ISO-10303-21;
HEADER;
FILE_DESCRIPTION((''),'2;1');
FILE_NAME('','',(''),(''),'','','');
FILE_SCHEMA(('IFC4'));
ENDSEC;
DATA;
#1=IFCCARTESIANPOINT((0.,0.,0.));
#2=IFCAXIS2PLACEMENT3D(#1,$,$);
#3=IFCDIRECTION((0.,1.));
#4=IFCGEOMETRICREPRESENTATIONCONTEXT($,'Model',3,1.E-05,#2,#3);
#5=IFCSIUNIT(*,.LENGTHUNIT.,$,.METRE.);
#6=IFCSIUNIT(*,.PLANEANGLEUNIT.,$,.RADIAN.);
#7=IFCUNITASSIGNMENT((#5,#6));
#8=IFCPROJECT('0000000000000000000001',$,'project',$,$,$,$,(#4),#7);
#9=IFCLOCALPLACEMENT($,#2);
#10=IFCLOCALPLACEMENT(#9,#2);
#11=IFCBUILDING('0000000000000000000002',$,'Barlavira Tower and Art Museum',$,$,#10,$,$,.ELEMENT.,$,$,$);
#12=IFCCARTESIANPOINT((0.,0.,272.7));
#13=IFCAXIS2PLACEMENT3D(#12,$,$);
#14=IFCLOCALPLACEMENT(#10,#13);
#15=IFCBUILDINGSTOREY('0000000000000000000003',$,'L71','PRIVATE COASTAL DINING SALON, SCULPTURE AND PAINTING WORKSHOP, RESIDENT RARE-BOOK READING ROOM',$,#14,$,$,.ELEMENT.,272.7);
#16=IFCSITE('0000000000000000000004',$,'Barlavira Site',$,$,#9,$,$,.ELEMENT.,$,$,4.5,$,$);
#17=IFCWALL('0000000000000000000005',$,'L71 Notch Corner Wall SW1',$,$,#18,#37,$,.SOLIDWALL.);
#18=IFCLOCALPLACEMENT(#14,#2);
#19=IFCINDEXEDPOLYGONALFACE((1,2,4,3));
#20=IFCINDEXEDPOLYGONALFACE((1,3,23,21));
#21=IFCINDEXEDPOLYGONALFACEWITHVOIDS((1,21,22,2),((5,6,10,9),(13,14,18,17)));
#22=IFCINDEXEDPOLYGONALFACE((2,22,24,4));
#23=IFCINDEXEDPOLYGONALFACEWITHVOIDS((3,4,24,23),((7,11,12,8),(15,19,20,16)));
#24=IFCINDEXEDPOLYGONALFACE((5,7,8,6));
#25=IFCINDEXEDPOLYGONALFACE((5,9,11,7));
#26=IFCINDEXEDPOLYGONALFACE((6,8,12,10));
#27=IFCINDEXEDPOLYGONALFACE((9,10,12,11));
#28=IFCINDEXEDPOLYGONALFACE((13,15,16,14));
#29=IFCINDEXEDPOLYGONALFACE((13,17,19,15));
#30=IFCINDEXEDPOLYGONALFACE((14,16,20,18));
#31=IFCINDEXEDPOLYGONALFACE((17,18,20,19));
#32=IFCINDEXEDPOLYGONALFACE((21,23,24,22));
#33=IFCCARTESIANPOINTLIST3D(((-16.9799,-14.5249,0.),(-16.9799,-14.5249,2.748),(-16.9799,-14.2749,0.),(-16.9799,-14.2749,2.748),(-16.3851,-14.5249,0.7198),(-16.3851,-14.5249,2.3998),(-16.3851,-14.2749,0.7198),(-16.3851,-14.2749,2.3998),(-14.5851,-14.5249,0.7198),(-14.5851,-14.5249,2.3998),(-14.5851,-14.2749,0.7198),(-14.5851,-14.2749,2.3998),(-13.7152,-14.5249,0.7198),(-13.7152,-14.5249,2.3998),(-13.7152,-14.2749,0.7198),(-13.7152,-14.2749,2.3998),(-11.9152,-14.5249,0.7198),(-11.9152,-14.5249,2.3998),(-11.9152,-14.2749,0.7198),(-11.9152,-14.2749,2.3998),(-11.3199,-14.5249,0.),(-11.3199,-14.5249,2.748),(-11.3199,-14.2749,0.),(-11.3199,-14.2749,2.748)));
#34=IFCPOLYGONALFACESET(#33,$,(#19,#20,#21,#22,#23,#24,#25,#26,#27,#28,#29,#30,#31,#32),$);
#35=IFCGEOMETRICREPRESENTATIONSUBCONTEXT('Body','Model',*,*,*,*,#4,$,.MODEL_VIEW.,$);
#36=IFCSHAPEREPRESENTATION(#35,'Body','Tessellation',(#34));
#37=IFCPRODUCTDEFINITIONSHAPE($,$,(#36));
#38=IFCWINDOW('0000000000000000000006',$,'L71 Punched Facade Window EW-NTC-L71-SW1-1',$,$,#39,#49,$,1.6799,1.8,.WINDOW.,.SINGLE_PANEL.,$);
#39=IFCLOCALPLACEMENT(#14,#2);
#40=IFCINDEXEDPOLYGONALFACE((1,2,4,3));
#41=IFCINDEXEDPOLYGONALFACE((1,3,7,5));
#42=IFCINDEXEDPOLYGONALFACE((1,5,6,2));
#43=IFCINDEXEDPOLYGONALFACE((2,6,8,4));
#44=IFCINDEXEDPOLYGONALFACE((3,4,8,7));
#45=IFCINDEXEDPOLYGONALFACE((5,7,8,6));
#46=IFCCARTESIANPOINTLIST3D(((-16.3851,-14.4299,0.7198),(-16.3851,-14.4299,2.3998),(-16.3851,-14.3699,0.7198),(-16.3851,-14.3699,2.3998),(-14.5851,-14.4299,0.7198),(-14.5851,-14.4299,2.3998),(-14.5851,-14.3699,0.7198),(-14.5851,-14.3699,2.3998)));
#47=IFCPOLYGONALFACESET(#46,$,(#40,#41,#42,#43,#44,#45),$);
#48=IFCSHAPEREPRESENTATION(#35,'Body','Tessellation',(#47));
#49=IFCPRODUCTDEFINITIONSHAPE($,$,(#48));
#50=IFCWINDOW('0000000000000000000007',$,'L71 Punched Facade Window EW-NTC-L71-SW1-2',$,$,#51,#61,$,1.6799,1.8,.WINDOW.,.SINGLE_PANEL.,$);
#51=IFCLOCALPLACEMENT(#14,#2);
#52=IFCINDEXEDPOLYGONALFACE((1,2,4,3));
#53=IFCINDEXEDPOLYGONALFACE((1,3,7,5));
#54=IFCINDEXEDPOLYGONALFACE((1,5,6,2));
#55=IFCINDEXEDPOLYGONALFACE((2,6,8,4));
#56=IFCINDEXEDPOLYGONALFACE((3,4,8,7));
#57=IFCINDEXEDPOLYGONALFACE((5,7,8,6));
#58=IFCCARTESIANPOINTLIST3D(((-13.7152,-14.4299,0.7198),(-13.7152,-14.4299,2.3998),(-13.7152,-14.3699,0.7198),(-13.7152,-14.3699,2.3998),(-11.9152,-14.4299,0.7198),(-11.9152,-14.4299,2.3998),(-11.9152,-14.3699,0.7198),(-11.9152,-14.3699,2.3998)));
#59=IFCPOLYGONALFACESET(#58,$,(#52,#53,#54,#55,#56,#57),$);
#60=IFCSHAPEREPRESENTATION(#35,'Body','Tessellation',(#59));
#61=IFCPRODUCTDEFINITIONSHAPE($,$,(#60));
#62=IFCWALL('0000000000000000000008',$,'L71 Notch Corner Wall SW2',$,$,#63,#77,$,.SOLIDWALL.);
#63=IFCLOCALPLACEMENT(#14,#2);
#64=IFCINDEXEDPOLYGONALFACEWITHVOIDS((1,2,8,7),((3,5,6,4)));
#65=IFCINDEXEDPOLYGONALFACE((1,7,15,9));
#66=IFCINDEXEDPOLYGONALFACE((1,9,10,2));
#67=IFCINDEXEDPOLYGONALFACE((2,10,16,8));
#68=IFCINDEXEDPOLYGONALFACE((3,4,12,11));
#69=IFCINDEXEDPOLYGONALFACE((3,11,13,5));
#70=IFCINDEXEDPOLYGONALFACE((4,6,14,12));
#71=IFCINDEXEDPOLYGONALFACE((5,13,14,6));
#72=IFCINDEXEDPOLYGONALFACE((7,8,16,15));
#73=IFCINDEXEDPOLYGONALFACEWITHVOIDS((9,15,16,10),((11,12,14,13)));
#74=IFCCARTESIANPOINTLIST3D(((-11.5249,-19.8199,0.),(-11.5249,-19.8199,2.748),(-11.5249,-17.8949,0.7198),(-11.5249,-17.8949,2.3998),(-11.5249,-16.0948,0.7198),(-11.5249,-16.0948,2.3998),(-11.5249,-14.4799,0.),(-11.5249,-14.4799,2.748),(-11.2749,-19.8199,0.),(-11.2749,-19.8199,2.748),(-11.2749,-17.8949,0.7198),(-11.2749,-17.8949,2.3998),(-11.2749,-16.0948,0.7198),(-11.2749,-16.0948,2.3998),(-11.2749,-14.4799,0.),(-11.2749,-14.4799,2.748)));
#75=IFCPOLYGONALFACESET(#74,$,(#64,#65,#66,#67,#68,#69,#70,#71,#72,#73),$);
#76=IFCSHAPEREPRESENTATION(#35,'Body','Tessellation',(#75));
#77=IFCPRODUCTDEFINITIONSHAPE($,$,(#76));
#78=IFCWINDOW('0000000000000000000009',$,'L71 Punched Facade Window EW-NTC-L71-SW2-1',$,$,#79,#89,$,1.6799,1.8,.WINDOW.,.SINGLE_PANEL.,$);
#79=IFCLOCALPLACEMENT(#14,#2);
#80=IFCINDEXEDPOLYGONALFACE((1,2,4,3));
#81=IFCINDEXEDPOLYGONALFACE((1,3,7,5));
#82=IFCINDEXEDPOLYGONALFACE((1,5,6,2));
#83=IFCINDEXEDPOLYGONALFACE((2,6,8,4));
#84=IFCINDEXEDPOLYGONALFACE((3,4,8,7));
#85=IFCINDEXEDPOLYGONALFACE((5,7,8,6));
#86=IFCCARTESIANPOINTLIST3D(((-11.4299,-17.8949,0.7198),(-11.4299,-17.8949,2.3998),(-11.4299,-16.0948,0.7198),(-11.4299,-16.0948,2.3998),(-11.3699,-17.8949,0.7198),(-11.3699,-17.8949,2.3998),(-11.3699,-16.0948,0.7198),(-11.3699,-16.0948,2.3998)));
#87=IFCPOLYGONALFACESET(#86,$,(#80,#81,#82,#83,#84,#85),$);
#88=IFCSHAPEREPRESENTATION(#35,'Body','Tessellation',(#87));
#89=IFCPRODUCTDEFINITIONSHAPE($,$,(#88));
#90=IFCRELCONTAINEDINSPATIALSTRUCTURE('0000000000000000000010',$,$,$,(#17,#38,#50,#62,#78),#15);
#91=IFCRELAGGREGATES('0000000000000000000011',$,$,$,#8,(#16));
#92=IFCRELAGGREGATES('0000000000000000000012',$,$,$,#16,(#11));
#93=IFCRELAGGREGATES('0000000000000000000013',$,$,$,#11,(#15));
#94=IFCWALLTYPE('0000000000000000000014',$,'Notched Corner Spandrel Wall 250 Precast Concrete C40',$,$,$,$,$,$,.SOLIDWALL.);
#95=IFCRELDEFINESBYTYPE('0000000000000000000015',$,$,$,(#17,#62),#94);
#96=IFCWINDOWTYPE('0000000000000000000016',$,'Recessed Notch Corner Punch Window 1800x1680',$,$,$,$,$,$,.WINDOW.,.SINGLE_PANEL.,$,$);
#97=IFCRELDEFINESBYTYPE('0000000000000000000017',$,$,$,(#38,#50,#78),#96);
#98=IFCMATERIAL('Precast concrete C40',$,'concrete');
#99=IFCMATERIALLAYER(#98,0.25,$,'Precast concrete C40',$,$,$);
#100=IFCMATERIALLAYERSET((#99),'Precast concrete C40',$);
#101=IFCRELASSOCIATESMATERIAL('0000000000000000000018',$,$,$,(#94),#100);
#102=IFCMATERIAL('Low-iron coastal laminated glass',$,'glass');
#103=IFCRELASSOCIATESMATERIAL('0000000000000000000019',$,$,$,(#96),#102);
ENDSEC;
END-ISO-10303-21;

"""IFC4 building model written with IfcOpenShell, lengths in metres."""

from ifc_helpers import new_model, si_unit, direction, frame, frame_2d, origin, place, context, subcontext, project, spatial, rectangle, extrude, material, layer, layer_set, type_object, element, fill, save


model = new_model("IFC4")

# Units and contexts
model_context = context("Model", 3, precision=1e-05, world=origin(), true_north=direction((0.0, 1.0)))
body_context = subcontext(model_context, "Body", "Model", "MODEL_VIEW")
ifc_project = project(units=[si_unit("LENGTHUNIT", "METRE"), si_unit("PLANEANGLEUNIT", "RADIAN")], contexts=[model_context])

# Site, building, storey
site_placement = place(None, origin())
site = spatial("IfcSite", under=ifc_project, at=site_placement, Name="Barlavira Site", CompositionType="ELEMENT", RefElevation=4.5)
building_placement = place(site_placement, origin())
building = spatial("IfcBuilding", under=site, at=building_placement, Name="Barlavira Tower and Art Museum", CompositionType="ELEMENT")
storey_placement = place(building_placement, frame((0.0, 0.0, 272.7)))
storey = spatial("IfcBuildingStorey", under=building, at=storey_placement, Name="L71", Description="PRIVATE COASTAL DINING SALON, SCULPTURE AND PAINTING WORKSHOP, RESIDENT RARE-BOOK READING ROOM", CompositionType="ELEMENT", Elevation=272.7)

# Shared definitions
ifc_material_1 = material(Name="Precast concrete C40", Category="concrete")
ifc_layer_1 = layer(ifc_material_1, 0.25, Name="Precast concrete C40")
ifc_layer_set_1 = layer_set([ifc_layer_1], Name="Precast concrete C40")
wall_type = type_object("IfcWallType", Name="Notched Corner Spandrel Wall 250 Precast Concrete C40", PredefinedType="SOLIDWALL", material=ifc_layer_set_1)
ifc_material_2 = material(Name="Low-iron coastal laminated glass", Category="glass")
window_type = type_object("IfcWindowType", Name="Recessed Notch Corner Punch Window 1800x1680", PartitioningType="SINGLE_PANEL", PredefinedType="WINDOW", material=ifc_material_2)

# Wall, openings, windows
wall_1_placement = place(storey_placement, frame((-16.98, -14.3999, 0.0), z_axis=(0.0, 0.0, 1.0), x_axis=(1.0, 0.0, 0.0)))
wall_1 = element("IfcWall", 1, at=wall_1_placement, inside=storey, type_object=wall_type, Name="L71 Notch Corner Wall SW1", PredefinedType="SOLIDWALL", context=body_context, shape_type="SweptSolid", body=[
    extrude(rectangle(XDim=5.6599, YDim=0.25, at=frame_2d((2.8301, 0.0))), origin(), (0.0, 0.0, 1.0), 2.748),
])
opening_1_placement = place(wall_1_placement, frame((0.595, 0.0, 0.72)))
opening_1 = element("IfcOpeningElement", 2, at=opening_1_placement, cuts=wall_1, PredefinedType="OPENING", context=body_context, shape_type="SweptSolid", body=[
    extrude(rectangle(XDim=1.8, YDim=1.6799, at=frame_2d((0.8999, 0.8398))), frame((0.0, 0.135, 0.0), z_axis=(0.0, -1.0, 0.0), x_axis=(1.0, 0.0, 0.0)), (0.0, 0.0, 1.0), 0.27),
])
opening_2_placement = place(wall_1_placement, frame((3.2649, 0.0, 0.72)))
opening_2 = element("IfcOpeningElement", 3, at=opening_2_placement, cuts=wall_1, PredefinedType="OPENING", context=body_context, shape_type="SweptSolid", body=[
    extrude(rectangle(XDim=1.8, YDim=1.6799, at=frame_2d((0.8999, 0.8398))), frame((0.0, 0.135, 0.0), z_axis=(0.0, -1.0, 0.0), x_axis=(1.0, 0.0, 0.0)), (0.0, 0.0, 1.0), 0.27),
])
window_1_placement = place(opening_1_placement, origin())
window_1 = element("IfcWindow", 4, at=window_1_placement, inside=storey, type_object=window_type, Name="L71 Punched Facade Window EW-NTC-L71-SW1-1", OverallHeight=1.6799, OverallWidth=1.8, PartitioningType="SINGLE_PANEL", PredefinedType="WINDOW", context=body_context, shape_type="SweptSolid", body=[
    extrude(rectangle(XDim=1.8, YDim=1.6799, at=frame_2d((0.8999, 0.8398))), frame((0.0, 0.03, 0.0), z_axis=(0.0, -1.0, 0.0), x_axis=(1.0, 0.0, 0.0)), (0.0, 0.0, 1.0), 0.0601),
])
fill(opening_1, window_1)
window_2_placement = place(opening_2_placement, origin())
window_2 = element("IfcWindow", 5, at=window_2_placement, inside=storey, type_object=window_type, Name="L71 Punched Facade Window EW-NTC-L71-SW1-2", OverallHeight=1.6799, OverallWidth=1.8, PartitioningType="SINGLE_PANEL", PredefinedType="WINDOW", context=body_context, shape_type="SweptSolid", body=[
    extrude(rectangle(XDim=1.8, YDim=1.6799, at=frame_2d((0.8999, 0.8398))), frame((0.0, 0.03, 0.0), z_axis=(0.0, -1.0, 0.0), x_axis=(1.0, 0.0, 0.0)), (0.0, 0.0, 1.0), 0.0601),
])
fill(opening_2, window_2)

# Wall, opening, window
wall_2_placement = place(storey_placement, frame((-11.3999, -14.48, 0.0), z_axis=(0.0, 0.0, 1.0), x_axis=(0.0, -1.0, 0.0)))
wall_2 = element("IfcWall", 6, at=wall_2_placement, inside=storey, type_object=wall_type, Name="L71 Notch Corner Wall SW2", PredefinedType="SOLIDWALL", context=body_context, shape_type="SweptSolid", body=[
    extrude(rectangle(XDim=5.3401, YDim=0.25, at=frame_2d((2.6699, 0.0))), origin(), (0.0, 0.0, 1.0), 2.748),
])
opening_3_placement = place(wall_2_placement, frame((1.615, 0.0, 0.72)))
opening_3 = element("IfcOpeningElement", 7, at=opening_3_placement, cuts=wall_2, PredefinedType="OPENING", context=body_context, shape_type="SweptSolid", body=[
    extrude(rectangle(XDim=1.8, YDim=1.6799, at=frame_2d((0.8999, 0.8398))), frame((0.0, 0.135, 0.0), z_axis=(0.0, -1.0, 0.0), x_axis=(1.0, 0.0, 0.0)), (0.0, 0.0, 1.0), 0.27),
])
window_3_placement = place(opening_3_placement, origin())
window_3 = element("IfcWindow", 8, at=window_3_placement, inside=storey, type_object=window_type, Name="L71 Punched Facade Window EW-NTC-L71-SW2-1", OverallHeight=1.6799, OverallWidth=1.8, PartitioningType="SINGLE_PANEL", PredefinedType="WINDOW", context=body_context, shape_type="SweptSolid", body=[
    extrude(rectangle(XDim=1.8, YDim=1.6799, at=frame_2d((0.8999, 0.8398))), frame((0.0, 0.03, 0.0), z_axis=(0.0, -1.0, 0.0), x_axis=(1.0, 0.0, 0.0)), (0.0, 0.0, 1.0), 0.0601),
])
fill(opening_3, window_3)

save(model, "model.ifc")
